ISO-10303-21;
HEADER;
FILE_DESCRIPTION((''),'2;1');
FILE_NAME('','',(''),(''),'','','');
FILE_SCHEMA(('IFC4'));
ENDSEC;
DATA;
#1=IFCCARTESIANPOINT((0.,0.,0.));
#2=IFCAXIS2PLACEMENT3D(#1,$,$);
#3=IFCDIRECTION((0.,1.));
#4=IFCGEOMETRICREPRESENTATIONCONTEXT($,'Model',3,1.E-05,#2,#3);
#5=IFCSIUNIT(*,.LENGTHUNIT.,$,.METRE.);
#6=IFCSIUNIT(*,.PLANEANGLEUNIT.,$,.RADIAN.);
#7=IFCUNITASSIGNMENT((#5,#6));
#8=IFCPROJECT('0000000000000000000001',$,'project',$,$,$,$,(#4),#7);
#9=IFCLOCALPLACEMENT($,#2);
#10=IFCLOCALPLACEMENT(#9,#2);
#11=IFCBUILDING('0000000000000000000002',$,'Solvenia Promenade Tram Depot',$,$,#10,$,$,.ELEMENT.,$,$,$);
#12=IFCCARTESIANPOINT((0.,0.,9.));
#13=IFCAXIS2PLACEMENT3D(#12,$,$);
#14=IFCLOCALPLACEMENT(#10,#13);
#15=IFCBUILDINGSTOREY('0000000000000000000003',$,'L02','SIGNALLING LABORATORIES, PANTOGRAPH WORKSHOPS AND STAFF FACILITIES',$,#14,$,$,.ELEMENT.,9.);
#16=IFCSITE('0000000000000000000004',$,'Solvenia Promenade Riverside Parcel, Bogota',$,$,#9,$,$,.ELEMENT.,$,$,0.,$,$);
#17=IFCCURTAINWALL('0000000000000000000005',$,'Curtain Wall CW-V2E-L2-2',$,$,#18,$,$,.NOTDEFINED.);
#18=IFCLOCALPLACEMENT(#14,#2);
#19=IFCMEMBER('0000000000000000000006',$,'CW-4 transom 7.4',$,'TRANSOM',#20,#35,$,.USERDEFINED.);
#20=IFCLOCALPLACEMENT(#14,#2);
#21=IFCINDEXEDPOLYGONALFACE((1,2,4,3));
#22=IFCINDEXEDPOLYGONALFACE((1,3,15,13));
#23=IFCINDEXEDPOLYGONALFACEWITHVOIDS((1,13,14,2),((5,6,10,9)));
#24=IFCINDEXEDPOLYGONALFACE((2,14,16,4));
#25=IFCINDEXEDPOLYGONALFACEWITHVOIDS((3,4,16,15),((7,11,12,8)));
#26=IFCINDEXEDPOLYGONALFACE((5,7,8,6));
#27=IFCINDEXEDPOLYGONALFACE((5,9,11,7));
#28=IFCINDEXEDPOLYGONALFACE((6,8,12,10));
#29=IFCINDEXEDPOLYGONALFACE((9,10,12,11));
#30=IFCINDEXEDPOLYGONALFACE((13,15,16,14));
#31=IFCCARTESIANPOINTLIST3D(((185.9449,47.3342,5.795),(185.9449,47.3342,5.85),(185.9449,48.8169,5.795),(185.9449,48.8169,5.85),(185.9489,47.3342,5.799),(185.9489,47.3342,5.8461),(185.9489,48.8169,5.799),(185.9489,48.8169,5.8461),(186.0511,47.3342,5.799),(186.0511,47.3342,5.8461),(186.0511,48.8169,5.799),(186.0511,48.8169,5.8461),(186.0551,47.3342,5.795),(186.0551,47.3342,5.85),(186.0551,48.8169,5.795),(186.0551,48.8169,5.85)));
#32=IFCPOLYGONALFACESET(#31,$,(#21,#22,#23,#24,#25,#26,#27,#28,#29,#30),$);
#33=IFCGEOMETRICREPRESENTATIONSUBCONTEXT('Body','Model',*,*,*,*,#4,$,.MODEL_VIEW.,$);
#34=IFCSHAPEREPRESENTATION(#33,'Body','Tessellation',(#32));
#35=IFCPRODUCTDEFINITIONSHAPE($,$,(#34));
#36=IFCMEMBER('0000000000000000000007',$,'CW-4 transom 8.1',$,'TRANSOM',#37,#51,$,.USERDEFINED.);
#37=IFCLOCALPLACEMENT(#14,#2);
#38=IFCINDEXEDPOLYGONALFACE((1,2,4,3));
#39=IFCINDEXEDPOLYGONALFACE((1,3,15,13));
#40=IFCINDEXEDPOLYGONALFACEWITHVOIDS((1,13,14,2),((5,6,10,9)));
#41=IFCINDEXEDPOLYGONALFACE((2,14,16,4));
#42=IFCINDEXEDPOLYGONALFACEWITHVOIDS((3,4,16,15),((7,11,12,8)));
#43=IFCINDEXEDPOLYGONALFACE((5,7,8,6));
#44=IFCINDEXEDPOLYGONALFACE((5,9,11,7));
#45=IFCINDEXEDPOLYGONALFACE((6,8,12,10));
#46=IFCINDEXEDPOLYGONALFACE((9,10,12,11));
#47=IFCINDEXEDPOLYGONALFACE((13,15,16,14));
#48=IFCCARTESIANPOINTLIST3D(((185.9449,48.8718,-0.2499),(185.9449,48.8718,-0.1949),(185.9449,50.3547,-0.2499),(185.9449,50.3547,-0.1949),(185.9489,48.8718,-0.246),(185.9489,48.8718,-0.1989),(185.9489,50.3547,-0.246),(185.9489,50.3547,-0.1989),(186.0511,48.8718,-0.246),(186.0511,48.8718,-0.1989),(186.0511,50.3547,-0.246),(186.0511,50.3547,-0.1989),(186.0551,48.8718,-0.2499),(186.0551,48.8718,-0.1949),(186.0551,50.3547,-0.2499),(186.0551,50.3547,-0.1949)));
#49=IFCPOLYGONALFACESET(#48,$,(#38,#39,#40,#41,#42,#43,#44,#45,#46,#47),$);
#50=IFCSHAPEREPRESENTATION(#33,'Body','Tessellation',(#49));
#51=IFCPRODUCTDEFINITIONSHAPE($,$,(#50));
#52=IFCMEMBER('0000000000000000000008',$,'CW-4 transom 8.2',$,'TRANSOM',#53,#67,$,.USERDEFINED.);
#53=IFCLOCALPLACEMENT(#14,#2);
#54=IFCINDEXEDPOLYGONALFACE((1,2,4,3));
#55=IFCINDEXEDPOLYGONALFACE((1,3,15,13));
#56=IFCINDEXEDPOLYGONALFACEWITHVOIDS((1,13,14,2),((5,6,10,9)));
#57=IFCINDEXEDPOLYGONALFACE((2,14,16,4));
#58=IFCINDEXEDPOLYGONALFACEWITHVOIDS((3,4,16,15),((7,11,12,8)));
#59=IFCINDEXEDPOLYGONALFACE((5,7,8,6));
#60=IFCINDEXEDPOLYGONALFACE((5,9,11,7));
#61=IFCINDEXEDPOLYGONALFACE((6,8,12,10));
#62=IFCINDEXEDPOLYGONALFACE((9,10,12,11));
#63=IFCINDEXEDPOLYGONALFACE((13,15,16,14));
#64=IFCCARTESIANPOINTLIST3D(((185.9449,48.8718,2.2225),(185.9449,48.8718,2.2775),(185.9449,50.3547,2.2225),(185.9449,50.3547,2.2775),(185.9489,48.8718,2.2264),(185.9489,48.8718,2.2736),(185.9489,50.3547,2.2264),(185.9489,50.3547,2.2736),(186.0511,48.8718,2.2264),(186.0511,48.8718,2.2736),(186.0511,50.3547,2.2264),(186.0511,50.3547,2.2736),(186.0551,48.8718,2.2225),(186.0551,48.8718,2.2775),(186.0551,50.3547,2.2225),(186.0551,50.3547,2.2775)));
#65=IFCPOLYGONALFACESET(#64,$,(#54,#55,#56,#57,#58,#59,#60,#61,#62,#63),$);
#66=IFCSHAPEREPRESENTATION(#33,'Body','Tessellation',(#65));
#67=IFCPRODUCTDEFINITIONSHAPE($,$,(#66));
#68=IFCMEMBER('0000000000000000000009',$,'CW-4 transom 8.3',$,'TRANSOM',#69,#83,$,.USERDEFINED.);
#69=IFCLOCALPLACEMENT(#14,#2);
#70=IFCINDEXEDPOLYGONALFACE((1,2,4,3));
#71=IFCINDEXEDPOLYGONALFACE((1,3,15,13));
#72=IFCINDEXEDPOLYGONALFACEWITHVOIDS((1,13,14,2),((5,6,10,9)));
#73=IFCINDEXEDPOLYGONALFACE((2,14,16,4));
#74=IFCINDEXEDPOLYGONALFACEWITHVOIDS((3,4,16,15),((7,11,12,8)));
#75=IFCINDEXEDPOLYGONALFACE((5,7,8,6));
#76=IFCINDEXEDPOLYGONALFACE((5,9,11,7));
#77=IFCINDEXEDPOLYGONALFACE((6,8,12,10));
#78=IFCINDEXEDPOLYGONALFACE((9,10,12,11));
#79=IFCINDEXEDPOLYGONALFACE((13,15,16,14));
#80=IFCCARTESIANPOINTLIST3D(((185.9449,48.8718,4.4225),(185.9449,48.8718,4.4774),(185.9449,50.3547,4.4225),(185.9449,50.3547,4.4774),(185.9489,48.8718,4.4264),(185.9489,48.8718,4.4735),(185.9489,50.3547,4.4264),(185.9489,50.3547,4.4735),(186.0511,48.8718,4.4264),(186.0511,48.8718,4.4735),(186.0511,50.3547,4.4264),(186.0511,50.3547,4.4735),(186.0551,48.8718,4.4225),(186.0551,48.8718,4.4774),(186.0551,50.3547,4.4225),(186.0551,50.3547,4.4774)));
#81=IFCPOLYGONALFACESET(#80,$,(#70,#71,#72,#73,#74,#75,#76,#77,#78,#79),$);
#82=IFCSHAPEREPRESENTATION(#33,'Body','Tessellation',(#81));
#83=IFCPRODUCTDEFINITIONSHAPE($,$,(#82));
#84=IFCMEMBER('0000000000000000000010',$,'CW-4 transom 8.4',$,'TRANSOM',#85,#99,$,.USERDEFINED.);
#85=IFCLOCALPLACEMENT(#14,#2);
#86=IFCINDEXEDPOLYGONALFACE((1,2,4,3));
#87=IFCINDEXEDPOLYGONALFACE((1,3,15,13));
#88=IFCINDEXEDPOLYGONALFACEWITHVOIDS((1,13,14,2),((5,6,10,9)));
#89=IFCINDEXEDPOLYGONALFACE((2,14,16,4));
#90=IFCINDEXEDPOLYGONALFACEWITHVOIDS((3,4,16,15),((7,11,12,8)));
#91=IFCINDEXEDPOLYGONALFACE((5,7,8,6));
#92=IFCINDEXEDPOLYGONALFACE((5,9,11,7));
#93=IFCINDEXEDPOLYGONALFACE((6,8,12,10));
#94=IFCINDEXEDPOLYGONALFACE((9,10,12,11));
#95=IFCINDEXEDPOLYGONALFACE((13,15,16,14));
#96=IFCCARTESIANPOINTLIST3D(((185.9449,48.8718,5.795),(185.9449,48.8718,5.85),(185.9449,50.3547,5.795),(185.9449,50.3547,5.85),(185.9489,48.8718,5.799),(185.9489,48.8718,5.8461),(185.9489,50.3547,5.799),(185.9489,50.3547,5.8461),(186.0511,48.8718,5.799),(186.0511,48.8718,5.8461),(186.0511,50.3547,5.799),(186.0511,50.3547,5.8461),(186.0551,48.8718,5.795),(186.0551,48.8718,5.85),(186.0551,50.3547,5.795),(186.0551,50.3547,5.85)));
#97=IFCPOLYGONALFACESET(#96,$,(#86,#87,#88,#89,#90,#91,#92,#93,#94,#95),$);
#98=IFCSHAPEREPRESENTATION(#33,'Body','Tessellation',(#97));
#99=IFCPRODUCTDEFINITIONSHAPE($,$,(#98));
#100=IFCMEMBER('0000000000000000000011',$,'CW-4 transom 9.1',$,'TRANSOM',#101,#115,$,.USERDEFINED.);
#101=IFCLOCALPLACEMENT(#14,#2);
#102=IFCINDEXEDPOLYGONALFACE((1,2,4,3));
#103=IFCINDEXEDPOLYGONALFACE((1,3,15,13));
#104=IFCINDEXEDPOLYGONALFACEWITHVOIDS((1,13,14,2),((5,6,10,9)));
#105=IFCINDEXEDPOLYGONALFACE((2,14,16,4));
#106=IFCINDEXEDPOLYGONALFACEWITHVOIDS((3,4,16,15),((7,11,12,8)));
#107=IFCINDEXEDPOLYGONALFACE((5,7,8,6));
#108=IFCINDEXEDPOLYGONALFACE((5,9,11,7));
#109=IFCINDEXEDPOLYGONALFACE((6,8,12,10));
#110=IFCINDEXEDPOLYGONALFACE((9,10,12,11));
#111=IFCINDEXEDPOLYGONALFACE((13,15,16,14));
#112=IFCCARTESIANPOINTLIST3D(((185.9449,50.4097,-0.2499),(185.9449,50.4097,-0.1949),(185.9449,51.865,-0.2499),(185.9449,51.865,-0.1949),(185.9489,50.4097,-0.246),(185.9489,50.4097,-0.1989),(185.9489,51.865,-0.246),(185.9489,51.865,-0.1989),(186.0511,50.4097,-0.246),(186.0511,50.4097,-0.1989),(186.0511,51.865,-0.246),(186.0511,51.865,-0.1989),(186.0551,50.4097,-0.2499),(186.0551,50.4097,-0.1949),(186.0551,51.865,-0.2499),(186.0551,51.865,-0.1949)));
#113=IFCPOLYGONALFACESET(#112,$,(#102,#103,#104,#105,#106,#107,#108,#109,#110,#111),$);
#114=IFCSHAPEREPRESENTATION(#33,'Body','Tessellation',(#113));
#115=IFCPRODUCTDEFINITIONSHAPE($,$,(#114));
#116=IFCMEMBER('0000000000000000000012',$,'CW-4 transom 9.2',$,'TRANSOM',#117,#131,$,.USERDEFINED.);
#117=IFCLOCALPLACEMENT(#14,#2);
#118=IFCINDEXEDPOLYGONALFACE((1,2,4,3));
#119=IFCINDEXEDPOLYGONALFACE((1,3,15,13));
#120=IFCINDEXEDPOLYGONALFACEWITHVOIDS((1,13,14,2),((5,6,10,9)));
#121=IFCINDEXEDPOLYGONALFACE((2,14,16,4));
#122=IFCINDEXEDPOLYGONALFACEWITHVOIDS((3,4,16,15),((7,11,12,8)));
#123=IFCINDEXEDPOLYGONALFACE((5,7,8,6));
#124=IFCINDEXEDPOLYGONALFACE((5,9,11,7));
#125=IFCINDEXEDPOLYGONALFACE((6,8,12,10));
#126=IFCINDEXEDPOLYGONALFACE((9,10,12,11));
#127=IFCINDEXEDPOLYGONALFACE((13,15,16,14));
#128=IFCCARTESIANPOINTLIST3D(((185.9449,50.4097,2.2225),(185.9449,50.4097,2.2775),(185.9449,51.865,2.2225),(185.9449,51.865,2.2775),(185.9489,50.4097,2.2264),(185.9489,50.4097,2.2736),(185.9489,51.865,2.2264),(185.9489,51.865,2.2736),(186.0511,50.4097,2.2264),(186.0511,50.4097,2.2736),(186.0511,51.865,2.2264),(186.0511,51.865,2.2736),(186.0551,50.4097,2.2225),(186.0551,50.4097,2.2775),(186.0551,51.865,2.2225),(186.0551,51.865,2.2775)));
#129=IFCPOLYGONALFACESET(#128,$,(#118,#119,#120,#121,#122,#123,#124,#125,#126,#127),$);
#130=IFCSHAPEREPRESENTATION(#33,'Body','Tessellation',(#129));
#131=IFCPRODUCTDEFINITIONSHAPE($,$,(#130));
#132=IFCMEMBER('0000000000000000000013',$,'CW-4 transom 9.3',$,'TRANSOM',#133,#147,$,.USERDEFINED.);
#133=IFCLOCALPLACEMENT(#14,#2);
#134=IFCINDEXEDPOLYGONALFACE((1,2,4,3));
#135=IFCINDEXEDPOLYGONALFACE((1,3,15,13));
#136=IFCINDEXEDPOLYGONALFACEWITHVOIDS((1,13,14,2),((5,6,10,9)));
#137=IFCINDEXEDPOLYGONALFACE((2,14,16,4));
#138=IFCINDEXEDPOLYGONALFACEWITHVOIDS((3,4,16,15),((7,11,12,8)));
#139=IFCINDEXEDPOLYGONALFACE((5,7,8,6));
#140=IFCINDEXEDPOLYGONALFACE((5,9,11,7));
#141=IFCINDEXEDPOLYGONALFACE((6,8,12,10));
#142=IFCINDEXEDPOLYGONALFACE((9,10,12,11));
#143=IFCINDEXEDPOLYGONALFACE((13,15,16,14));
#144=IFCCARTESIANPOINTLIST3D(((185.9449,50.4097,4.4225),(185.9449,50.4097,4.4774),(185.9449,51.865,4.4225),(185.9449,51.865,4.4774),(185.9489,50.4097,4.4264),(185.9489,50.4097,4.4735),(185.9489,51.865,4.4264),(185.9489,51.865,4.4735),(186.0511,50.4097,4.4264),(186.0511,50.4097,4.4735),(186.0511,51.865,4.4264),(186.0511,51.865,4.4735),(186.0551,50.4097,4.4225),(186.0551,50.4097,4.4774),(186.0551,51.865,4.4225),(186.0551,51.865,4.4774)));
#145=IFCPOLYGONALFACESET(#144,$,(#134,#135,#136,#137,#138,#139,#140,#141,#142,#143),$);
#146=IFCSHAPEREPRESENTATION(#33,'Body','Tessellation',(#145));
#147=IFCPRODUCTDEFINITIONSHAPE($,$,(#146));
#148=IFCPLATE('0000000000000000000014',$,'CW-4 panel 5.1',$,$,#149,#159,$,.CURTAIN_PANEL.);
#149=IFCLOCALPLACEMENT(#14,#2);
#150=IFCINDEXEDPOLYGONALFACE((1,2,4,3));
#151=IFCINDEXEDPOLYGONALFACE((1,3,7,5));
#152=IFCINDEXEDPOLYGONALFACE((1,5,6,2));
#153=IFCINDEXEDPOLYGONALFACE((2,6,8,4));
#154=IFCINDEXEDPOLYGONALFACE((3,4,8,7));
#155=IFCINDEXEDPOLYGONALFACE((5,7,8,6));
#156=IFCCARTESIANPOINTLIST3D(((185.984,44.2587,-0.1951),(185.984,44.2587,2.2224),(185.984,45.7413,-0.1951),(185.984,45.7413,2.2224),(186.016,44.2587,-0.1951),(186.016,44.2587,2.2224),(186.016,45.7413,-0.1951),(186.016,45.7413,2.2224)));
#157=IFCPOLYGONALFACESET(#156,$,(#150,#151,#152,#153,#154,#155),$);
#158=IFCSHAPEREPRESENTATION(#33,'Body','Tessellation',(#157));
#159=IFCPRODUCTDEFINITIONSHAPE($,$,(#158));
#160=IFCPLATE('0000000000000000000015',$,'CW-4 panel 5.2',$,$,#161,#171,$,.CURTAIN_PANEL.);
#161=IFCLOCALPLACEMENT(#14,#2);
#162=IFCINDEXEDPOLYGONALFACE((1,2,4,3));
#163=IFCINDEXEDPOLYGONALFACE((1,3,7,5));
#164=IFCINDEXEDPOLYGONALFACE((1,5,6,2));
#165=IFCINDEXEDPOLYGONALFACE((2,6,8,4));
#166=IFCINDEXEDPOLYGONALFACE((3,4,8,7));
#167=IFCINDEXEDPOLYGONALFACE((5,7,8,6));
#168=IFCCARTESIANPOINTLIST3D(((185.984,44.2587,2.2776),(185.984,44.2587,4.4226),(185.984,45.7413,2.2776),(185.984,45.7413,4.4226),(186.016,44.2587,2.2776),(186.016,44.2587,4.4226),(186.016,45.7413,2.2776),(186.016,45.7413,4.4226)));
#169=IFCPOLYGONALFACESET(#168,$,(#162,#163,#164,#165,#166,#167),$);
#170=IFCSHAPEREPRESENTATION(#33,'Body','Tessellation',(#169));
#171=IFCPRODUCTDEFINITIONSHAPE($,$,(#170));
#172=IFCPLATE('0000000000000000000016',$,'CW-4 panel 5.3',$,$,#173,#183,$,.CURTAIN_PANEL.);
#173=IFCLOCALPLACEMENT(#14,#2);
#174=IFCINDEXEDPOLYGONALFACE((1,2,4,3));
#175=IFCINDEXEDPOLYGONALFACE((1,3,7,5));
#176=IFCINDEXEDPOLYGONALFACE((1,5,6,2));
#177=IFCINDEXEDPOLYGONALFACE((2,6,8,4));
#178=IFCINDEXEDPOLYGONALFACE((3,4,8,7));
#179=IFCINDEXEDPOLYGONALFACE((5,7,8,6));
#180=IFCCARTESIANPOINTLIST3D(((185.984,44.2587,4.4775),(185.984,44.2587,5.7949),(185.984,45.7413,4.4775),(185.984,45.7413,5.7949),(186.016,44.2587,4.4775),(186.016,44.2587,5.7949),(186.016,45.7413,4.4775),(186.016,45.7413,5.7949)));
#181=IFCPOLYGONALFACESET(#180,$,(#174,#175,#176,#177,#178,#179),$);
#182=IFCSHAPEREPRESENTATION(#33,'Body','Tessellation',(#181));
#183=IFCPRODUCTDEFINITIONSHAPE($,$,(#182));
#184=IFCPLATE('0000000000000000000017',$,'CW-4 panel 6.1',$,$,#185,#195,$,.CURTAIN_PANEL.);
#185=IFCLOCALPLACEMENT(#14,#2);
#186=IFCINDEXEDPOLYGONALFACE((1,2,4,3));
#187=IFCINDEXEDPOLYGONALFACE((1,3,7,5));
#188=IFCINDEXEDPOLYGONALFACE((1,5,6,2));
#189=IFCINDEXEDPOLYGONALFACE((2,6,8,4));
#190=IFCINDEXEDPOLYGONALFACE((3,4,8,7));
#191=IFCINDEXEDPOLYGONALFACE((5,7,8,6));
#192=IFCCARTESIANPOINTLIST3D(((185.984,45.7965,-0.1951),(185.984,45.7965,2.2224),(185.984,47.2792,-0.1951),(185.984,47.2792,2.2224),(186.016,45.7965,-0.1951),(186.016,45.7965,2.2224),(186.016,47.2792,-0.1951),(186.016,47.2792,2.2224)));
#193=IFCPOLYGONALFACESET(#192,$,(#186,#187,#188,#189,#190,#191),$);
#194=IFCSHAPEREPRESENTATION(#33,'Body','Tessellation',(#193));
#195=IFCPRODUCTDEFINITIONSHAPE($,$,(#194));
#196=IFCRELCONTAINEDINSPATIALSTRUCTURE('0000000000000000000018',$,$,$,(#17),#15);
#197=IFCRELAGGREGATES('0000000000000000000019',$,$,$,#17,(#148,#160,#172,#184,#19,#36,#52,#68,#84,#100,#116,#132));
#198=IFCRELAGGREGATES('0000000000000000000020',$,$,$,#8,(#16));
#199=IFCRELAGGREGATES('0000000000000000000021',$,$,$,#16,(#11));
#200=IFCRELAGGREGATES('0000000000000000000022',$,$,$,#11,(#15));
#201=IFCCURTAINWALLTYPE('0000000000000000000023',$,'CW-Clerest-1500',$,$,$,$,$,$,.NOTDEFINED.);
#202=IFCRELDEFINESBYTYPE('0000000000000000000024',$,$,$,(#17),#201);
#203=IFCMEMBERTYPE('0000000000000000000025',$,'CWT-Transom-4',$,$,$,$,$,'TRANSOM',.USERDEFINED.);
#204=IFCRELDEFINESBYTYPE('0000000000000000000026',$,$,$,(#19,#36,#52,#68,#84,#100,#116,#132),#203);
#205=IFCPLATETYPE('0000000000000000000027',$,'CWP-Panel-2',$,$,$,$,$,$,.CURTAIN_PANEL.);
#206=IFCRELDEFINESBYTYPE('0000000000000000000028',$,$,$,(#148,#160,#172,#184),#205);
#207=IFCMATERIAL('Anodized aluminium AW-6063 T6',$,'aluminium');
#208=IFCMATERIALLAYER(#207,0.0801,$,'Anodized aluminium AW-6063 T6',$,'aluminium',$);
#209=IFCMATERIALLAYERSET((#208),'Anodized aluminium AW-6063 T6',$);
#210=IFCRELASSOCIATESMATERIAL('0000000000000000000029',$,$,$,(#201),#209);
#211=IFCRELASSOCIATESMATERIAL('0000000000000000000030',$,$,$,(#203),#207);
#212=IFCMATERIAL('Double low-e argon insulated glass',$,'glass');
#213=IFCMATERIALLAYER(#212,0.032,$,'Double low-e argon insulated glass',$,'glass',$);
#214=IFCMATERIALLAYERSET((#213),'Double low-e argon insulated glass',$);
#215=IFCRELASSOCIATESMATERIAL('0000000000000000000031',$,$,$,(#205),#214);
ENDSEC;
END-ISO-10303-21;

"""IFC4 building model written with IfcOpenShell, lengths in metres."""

from ifc_helpers import new_model, si_unit, direction, frame, origin, origin_2d, place, context, subcontext, project, spatial, rectangle, hollow_rectangle, extrude, material, layer, layer_set, material_profile, profile_set, type_object, element, aggregate, save


model = new_model("IFC4")

# Units and contexts
model_context = context("Model", 3, precision=1e-05, world=origin(), true_north=direction((0.0, 1.0)))
body_context = subcontext(model_context, "Body", "Model", "MODEL_VIEW")
ifc_project = project(units=[si_unit("LENGTHUNIT", "METRE"), si_unit("PLANEANGLEUNIT", "RADIAN")], contexts=[model_context])

# Site, building, storey
site_placement = place(None, origin())
site = spatial("IfcSite", under=ifc_project, at=site_placement, Name="Solvenia Promenade Riverside Parcel, Bogota", CompositionType="ELEMENT", RefElevation=0.0)
building_placement = place(site_placement, origin())
building = spatial("IfcBuilding", under=site, at=building_placement, Name="Solvenia Promenade Tram Depot", CompositionType="ELEMENT")
storey_placement = place(building_placement, frame((0.0, 0.0, 9.0)))
storey = spatial("IfcBuildingStorey", under=building, at=storey_placement, Name="L02", Description="SIGNALLING LABORATORIES, PANTOGRAPH WORKSHOPS AND STAFF FACILITIES", CompositionType="ELEMENT", Elevation=9.0)

# Curtain wall, members, plates
ifc_material_1 = material(Name="Anodized aluminium AW-6063 T6", Category="aluminium")
ifc_layer_1 = layer(ifc_material_1, 0.0801, Name="Anodized aluminium AW-6063 T6", Category="aluminium")
ifc_layer_set_1 = layer_set([ifc_layer_1], Name="Anodized aluminium AW-6063 T6")
curtain_wall_type = type_object("IfcCurtainWallType", Name="CW-Clerest-1500", PredefinedType="NOTDEFINED", material=ifc_layer_set_1)
curtain_wall_placement = place(storey_placement, origin())
curtain_wall = element("IfcCurtainWall", 1, at=curtain_wall_placement, inside=storey, type_object=curtain_wall_type, Name="Curtain Wall CW-V2E-L2-2", PredefinedType="NOTDEFINED")
ifc_material_profile_1 = material_profile(ifc_material_1, hollow_rectangle(XDim=0.1101, YDim=0.0549, WallThickness=0.0039, at=origin_2d()), Name="ALU-T4", Category="aluminium")
ifc_profile_set_1 = profile_set([ifc_material_profile_1], Name="Anodized aluminium AW-6063 T6")
member_type_1 = type_object("IfcMemberType", Name="CWT-Transom-4", ElementType="TRANSOM", PredefinedType="USERDEFINED", material=ifc_profile_set_1)
member_1_placement = place(storey_placement, frame((186.0, 47.3342, 5.8225), z_axis=(0.0, 1.0, 0.0), x_axis=(-1.0, 0.0, 0.0)))
member_1 = element("IfcMember", 2, at=member_1_placement, type_object=member_type_1, Name="CW-4 transom 7.4", ObjectType="TRANSOM", PredefinedType="USERDEFINED", context=body_context, shape_type="SweptSolid", body=[
    extrude(hollow_rectangle(XDim=0.1101, YDim=0.0549, WallThickness=0.0039, at=origin_2d()), origin(), (0.0, 0.0, 1.0), 1.4827),
])
member_2_placement = place(storey_placement, frame((186.0, 48.8718, -0.2224), z_axis=(0.0, 1.0, 0.0), x_axis=(-1.0, 0.0, 0.0)))
member_2 = element("IfcMember", 3, at=member_2_placement, type_object=member_type_1, Name="CW-4 transom 8.1", ObjectType="TRANSOM", PredefinedType="USERDEFINED", context=body_context, shape_type="SweptSolid", body=[
    extrude(hollow_rectangle(XDim=0.1101, YDim=0.0549, WallThickness=0.0039, at=origin_2d()), origin(), (0.0, 0.0, 1.0), 1.4829),
])
member_3_placement = place(storey_placement, frame((186.0, 48.8718, 2.25), z_axis=(0.0, 1.0, 0.0), x_axis=(-1.0, 0.0, 0.0)))
member_3 = element("IfcMember", 4, at=member_3_placement, type_object=member_type_1, Name="CW-4 transom 8.2", ObjectType="TRANSOM", PredefinedType="USERDEFINED", context=body_context, shape_type="SweptSolid", body=[
    extrude(hollow_rectangle(XDim=0.1101, YDim=0.0549, WallThickness=0.0039, at=origin_2d()), origin(), (0.0, 0.0, 1.0), 1.4829),
])
member_4_placement = place(storey_placement, frame((186.0, 48.8718, 4.45), z_axis=(0.0, 1.0, 0.0), x_axis=(-1.0, 0.0, 0.0)))
member_4 = element("IfcMember", 5, at=member_4_placement, type_object=member_type_1, Name="CW-4 transom 8.3", ObjectType="TRANSOM", PredefinedType="USERDEFINED", context=body_context, shape_type="SweptSolid", body=[
    extrude(hollow_rectangle(XDim=0.1101, YDim=0.0549, WallThickness=0.0039, at=origin_2d()), origin(), (0.0, 0.0, 1.0), 1.4829),
])
member_5_placement = place(storey_placement, frame((186.0, 48.8718, 5.8225), z_axis=(0.0, 1.0, 0.0), x_axis=(-1.0, 0.0, 0.0)))
member_5 = element("IfcMember", 6, at=member_5_placement, type_object=member_type_1, Name="CW-4 transom 8.4", ObjectType="TRANSOM", PredefinedType="USERDEFINED", context=body_context, shape_type="SweptSolid", body=[
    extrude(hollow_rectangle(XDim=0.1101, YDim=0.0549, WallThickness=0.0039, at=origin_2d()), origin(), (0.0, 0.0, 1.0), 1.4829),
])
member_6_placement = place(storey_placement, frame((186.0, 50.4097, -0.2224), z_axis=(0.0, 1.0, 0.0), x_axis=(-1.0, 0.0, 0.0)))
member_6 = element("IfcMember", 7, at=member_6_placement, type_object=member_type_1, Name="CW-4 transom 9.1", ObjectType="TRANSOM", PredefinedType="USERDEFINED", context=body_context, shape_type="SweptSolid", body=[
    extrude(hollow_rectangle(XDim=0.1101, YDim=0.0549, WallThickness=0.0039, at=origin_2d()), origin(), (0.0, 0.0, 1.0), 1.4553),
])
member_7_placement = place(storey_placement, frame((186.0, 50.4097, 2.25), z_axis=(0.0, 1.0, 0.0), x_axis=(-1.0, 0.0, 0.0)))
member_7 = element("IfcMember", 8, at=member_7_placement, type_object=member_type_1, Name="CW-4 transom 9.2", ObjectType="TRANSOM", PredefinedType="USERDEFINED", context=body_context, shape_type="SweptSolid", body=[
    extrude(hollow_rectangle(XDim=0.1101, YDim=0.0549, WallThickness=0.0039, at=origin_2d()), origin(), (0.0, 0.0, 1.0), 1.4553),
])
member_8_placement = place(storey_placement, frame((186.0, 50.4097, 4.45), z_axis=(0.0, 1.0, 0.0), x_axis=(-1.0, 0.0, 0.0)))
member_8 = element("IfcMember", 9, at=member_8_placement, type_object=member_type_1, Name="CW-4 transom 9.3", ObjectType="TRANSOM", PredefinedType="USERDEFINED", context=body_context, shape_type="SweptSolid", body=[
    extrude(hollow_rectangle(XDim=0.1101, YDim=0.0549, WallThickness=0.0039, at=origin_2d()), origin(), (0.0, 0.0, 1.0), 1.4553),
])
ifc_material_2 = material(Name="Double low-e argon insulated glass", Category="glass")
ifc_layer_2 = layer(ifc_material_2, 0.032, Name="Double low-e argon insulated glass", Category="glass")
ifc_layer_set_2 = layer_set([ifc_layer_2], Name="Double low-e argon insulated glass")
plate_type = type_object("IfcPlateType", Name="CWP-Panel-2", PredefinedType="CURTAIN_PANEL", material=ifc_layer_set_2)
plate_1_placement = place(storey_placement, frame((186.0, 45.0, -0.1951), z_axis=(0.0, 0.0, 1.0), x_axis=(0.0, 1.0, 0.0)))
plate_1 = element("IfcPlate", 10, at=plate_1_placement, type_object=plate_type, Name="CW-4 panel 5.1", PredefinedType="CURTAIN_PANEL", context=body_context, shape_type="SweptSolid", body=[
    extrude(rectangle(XDim=1.4827, YDim=0.032, at=origin_2d()), origin(), (0.0, 0.0, 1.0), 2.4175),
])
plate_2_placement = place(storey_placement, frame((186.0, 45.0, 2.2776), z_axis=(0.0, 0.0, 1.0), x_axis=(0.0, 1.0, 0.0)))
plate_2 = element("IfcPlate", 11, at=plate_2_placement, type_object=plate_type, Name="CW-4 panel 5.2", PredefinedType="CURTAIN_PANEL", context=body_context, shape_type="SweptSolid", body=[
    extrude(rectangle(XDim=1.4827, YDim=0.032, at=origin_2d()), origin(), (0.0, 0.0, 1.0), 2.145),
])
plate_3_placement = place(storey_placement, frame((186.0, 45.0, 4.4775), z_axis=(0.0, 0.0, 1.0), x_axis=(0.0, 1.0, 0.0)))
plate_3 = element("IfcPlate", 12, at=plate_3_placement, type_object=plate_type, Name="CW-4 panel 5.3", PredefinedType="CURTAIN_PANEL", context=body_context, shape_type="SweptSolid", body=[
    extrude(rectangle(XDim=1.4827, YDim=0.032, at=origin_2d()), origin(), (0.0, 0.0, 1.0), 1.3174),
])
plate_4_placement = place(storey_placement, frame((186.0, 46.5378, -0.1951), z_axis=(0.0, 0.0, 1.0), x_axis=(0.0, 1.0, 0.0)))
plate_4 = element("IfcPlate", 13, at=plate_4_placement, type_object=plate_type, Name="CW-4 panel 6.1", PredefinedType="CURTAIN_PANEL", context=body_context, shape_type="SweptSolid", body=[
    extrude(rectangle(XDim=1.4827, YDim=0.032, at=origin_2d()), origin(), (0.0, 0.0, 1.0), 2.4175),
])
aggregate(curtain_wall, [plate_1, plate_2, plate_3, plate_4, member_1, member_2, member_3, member_4, member_5, member_6, member_7, member_8])

save(model, "model.ifc")
